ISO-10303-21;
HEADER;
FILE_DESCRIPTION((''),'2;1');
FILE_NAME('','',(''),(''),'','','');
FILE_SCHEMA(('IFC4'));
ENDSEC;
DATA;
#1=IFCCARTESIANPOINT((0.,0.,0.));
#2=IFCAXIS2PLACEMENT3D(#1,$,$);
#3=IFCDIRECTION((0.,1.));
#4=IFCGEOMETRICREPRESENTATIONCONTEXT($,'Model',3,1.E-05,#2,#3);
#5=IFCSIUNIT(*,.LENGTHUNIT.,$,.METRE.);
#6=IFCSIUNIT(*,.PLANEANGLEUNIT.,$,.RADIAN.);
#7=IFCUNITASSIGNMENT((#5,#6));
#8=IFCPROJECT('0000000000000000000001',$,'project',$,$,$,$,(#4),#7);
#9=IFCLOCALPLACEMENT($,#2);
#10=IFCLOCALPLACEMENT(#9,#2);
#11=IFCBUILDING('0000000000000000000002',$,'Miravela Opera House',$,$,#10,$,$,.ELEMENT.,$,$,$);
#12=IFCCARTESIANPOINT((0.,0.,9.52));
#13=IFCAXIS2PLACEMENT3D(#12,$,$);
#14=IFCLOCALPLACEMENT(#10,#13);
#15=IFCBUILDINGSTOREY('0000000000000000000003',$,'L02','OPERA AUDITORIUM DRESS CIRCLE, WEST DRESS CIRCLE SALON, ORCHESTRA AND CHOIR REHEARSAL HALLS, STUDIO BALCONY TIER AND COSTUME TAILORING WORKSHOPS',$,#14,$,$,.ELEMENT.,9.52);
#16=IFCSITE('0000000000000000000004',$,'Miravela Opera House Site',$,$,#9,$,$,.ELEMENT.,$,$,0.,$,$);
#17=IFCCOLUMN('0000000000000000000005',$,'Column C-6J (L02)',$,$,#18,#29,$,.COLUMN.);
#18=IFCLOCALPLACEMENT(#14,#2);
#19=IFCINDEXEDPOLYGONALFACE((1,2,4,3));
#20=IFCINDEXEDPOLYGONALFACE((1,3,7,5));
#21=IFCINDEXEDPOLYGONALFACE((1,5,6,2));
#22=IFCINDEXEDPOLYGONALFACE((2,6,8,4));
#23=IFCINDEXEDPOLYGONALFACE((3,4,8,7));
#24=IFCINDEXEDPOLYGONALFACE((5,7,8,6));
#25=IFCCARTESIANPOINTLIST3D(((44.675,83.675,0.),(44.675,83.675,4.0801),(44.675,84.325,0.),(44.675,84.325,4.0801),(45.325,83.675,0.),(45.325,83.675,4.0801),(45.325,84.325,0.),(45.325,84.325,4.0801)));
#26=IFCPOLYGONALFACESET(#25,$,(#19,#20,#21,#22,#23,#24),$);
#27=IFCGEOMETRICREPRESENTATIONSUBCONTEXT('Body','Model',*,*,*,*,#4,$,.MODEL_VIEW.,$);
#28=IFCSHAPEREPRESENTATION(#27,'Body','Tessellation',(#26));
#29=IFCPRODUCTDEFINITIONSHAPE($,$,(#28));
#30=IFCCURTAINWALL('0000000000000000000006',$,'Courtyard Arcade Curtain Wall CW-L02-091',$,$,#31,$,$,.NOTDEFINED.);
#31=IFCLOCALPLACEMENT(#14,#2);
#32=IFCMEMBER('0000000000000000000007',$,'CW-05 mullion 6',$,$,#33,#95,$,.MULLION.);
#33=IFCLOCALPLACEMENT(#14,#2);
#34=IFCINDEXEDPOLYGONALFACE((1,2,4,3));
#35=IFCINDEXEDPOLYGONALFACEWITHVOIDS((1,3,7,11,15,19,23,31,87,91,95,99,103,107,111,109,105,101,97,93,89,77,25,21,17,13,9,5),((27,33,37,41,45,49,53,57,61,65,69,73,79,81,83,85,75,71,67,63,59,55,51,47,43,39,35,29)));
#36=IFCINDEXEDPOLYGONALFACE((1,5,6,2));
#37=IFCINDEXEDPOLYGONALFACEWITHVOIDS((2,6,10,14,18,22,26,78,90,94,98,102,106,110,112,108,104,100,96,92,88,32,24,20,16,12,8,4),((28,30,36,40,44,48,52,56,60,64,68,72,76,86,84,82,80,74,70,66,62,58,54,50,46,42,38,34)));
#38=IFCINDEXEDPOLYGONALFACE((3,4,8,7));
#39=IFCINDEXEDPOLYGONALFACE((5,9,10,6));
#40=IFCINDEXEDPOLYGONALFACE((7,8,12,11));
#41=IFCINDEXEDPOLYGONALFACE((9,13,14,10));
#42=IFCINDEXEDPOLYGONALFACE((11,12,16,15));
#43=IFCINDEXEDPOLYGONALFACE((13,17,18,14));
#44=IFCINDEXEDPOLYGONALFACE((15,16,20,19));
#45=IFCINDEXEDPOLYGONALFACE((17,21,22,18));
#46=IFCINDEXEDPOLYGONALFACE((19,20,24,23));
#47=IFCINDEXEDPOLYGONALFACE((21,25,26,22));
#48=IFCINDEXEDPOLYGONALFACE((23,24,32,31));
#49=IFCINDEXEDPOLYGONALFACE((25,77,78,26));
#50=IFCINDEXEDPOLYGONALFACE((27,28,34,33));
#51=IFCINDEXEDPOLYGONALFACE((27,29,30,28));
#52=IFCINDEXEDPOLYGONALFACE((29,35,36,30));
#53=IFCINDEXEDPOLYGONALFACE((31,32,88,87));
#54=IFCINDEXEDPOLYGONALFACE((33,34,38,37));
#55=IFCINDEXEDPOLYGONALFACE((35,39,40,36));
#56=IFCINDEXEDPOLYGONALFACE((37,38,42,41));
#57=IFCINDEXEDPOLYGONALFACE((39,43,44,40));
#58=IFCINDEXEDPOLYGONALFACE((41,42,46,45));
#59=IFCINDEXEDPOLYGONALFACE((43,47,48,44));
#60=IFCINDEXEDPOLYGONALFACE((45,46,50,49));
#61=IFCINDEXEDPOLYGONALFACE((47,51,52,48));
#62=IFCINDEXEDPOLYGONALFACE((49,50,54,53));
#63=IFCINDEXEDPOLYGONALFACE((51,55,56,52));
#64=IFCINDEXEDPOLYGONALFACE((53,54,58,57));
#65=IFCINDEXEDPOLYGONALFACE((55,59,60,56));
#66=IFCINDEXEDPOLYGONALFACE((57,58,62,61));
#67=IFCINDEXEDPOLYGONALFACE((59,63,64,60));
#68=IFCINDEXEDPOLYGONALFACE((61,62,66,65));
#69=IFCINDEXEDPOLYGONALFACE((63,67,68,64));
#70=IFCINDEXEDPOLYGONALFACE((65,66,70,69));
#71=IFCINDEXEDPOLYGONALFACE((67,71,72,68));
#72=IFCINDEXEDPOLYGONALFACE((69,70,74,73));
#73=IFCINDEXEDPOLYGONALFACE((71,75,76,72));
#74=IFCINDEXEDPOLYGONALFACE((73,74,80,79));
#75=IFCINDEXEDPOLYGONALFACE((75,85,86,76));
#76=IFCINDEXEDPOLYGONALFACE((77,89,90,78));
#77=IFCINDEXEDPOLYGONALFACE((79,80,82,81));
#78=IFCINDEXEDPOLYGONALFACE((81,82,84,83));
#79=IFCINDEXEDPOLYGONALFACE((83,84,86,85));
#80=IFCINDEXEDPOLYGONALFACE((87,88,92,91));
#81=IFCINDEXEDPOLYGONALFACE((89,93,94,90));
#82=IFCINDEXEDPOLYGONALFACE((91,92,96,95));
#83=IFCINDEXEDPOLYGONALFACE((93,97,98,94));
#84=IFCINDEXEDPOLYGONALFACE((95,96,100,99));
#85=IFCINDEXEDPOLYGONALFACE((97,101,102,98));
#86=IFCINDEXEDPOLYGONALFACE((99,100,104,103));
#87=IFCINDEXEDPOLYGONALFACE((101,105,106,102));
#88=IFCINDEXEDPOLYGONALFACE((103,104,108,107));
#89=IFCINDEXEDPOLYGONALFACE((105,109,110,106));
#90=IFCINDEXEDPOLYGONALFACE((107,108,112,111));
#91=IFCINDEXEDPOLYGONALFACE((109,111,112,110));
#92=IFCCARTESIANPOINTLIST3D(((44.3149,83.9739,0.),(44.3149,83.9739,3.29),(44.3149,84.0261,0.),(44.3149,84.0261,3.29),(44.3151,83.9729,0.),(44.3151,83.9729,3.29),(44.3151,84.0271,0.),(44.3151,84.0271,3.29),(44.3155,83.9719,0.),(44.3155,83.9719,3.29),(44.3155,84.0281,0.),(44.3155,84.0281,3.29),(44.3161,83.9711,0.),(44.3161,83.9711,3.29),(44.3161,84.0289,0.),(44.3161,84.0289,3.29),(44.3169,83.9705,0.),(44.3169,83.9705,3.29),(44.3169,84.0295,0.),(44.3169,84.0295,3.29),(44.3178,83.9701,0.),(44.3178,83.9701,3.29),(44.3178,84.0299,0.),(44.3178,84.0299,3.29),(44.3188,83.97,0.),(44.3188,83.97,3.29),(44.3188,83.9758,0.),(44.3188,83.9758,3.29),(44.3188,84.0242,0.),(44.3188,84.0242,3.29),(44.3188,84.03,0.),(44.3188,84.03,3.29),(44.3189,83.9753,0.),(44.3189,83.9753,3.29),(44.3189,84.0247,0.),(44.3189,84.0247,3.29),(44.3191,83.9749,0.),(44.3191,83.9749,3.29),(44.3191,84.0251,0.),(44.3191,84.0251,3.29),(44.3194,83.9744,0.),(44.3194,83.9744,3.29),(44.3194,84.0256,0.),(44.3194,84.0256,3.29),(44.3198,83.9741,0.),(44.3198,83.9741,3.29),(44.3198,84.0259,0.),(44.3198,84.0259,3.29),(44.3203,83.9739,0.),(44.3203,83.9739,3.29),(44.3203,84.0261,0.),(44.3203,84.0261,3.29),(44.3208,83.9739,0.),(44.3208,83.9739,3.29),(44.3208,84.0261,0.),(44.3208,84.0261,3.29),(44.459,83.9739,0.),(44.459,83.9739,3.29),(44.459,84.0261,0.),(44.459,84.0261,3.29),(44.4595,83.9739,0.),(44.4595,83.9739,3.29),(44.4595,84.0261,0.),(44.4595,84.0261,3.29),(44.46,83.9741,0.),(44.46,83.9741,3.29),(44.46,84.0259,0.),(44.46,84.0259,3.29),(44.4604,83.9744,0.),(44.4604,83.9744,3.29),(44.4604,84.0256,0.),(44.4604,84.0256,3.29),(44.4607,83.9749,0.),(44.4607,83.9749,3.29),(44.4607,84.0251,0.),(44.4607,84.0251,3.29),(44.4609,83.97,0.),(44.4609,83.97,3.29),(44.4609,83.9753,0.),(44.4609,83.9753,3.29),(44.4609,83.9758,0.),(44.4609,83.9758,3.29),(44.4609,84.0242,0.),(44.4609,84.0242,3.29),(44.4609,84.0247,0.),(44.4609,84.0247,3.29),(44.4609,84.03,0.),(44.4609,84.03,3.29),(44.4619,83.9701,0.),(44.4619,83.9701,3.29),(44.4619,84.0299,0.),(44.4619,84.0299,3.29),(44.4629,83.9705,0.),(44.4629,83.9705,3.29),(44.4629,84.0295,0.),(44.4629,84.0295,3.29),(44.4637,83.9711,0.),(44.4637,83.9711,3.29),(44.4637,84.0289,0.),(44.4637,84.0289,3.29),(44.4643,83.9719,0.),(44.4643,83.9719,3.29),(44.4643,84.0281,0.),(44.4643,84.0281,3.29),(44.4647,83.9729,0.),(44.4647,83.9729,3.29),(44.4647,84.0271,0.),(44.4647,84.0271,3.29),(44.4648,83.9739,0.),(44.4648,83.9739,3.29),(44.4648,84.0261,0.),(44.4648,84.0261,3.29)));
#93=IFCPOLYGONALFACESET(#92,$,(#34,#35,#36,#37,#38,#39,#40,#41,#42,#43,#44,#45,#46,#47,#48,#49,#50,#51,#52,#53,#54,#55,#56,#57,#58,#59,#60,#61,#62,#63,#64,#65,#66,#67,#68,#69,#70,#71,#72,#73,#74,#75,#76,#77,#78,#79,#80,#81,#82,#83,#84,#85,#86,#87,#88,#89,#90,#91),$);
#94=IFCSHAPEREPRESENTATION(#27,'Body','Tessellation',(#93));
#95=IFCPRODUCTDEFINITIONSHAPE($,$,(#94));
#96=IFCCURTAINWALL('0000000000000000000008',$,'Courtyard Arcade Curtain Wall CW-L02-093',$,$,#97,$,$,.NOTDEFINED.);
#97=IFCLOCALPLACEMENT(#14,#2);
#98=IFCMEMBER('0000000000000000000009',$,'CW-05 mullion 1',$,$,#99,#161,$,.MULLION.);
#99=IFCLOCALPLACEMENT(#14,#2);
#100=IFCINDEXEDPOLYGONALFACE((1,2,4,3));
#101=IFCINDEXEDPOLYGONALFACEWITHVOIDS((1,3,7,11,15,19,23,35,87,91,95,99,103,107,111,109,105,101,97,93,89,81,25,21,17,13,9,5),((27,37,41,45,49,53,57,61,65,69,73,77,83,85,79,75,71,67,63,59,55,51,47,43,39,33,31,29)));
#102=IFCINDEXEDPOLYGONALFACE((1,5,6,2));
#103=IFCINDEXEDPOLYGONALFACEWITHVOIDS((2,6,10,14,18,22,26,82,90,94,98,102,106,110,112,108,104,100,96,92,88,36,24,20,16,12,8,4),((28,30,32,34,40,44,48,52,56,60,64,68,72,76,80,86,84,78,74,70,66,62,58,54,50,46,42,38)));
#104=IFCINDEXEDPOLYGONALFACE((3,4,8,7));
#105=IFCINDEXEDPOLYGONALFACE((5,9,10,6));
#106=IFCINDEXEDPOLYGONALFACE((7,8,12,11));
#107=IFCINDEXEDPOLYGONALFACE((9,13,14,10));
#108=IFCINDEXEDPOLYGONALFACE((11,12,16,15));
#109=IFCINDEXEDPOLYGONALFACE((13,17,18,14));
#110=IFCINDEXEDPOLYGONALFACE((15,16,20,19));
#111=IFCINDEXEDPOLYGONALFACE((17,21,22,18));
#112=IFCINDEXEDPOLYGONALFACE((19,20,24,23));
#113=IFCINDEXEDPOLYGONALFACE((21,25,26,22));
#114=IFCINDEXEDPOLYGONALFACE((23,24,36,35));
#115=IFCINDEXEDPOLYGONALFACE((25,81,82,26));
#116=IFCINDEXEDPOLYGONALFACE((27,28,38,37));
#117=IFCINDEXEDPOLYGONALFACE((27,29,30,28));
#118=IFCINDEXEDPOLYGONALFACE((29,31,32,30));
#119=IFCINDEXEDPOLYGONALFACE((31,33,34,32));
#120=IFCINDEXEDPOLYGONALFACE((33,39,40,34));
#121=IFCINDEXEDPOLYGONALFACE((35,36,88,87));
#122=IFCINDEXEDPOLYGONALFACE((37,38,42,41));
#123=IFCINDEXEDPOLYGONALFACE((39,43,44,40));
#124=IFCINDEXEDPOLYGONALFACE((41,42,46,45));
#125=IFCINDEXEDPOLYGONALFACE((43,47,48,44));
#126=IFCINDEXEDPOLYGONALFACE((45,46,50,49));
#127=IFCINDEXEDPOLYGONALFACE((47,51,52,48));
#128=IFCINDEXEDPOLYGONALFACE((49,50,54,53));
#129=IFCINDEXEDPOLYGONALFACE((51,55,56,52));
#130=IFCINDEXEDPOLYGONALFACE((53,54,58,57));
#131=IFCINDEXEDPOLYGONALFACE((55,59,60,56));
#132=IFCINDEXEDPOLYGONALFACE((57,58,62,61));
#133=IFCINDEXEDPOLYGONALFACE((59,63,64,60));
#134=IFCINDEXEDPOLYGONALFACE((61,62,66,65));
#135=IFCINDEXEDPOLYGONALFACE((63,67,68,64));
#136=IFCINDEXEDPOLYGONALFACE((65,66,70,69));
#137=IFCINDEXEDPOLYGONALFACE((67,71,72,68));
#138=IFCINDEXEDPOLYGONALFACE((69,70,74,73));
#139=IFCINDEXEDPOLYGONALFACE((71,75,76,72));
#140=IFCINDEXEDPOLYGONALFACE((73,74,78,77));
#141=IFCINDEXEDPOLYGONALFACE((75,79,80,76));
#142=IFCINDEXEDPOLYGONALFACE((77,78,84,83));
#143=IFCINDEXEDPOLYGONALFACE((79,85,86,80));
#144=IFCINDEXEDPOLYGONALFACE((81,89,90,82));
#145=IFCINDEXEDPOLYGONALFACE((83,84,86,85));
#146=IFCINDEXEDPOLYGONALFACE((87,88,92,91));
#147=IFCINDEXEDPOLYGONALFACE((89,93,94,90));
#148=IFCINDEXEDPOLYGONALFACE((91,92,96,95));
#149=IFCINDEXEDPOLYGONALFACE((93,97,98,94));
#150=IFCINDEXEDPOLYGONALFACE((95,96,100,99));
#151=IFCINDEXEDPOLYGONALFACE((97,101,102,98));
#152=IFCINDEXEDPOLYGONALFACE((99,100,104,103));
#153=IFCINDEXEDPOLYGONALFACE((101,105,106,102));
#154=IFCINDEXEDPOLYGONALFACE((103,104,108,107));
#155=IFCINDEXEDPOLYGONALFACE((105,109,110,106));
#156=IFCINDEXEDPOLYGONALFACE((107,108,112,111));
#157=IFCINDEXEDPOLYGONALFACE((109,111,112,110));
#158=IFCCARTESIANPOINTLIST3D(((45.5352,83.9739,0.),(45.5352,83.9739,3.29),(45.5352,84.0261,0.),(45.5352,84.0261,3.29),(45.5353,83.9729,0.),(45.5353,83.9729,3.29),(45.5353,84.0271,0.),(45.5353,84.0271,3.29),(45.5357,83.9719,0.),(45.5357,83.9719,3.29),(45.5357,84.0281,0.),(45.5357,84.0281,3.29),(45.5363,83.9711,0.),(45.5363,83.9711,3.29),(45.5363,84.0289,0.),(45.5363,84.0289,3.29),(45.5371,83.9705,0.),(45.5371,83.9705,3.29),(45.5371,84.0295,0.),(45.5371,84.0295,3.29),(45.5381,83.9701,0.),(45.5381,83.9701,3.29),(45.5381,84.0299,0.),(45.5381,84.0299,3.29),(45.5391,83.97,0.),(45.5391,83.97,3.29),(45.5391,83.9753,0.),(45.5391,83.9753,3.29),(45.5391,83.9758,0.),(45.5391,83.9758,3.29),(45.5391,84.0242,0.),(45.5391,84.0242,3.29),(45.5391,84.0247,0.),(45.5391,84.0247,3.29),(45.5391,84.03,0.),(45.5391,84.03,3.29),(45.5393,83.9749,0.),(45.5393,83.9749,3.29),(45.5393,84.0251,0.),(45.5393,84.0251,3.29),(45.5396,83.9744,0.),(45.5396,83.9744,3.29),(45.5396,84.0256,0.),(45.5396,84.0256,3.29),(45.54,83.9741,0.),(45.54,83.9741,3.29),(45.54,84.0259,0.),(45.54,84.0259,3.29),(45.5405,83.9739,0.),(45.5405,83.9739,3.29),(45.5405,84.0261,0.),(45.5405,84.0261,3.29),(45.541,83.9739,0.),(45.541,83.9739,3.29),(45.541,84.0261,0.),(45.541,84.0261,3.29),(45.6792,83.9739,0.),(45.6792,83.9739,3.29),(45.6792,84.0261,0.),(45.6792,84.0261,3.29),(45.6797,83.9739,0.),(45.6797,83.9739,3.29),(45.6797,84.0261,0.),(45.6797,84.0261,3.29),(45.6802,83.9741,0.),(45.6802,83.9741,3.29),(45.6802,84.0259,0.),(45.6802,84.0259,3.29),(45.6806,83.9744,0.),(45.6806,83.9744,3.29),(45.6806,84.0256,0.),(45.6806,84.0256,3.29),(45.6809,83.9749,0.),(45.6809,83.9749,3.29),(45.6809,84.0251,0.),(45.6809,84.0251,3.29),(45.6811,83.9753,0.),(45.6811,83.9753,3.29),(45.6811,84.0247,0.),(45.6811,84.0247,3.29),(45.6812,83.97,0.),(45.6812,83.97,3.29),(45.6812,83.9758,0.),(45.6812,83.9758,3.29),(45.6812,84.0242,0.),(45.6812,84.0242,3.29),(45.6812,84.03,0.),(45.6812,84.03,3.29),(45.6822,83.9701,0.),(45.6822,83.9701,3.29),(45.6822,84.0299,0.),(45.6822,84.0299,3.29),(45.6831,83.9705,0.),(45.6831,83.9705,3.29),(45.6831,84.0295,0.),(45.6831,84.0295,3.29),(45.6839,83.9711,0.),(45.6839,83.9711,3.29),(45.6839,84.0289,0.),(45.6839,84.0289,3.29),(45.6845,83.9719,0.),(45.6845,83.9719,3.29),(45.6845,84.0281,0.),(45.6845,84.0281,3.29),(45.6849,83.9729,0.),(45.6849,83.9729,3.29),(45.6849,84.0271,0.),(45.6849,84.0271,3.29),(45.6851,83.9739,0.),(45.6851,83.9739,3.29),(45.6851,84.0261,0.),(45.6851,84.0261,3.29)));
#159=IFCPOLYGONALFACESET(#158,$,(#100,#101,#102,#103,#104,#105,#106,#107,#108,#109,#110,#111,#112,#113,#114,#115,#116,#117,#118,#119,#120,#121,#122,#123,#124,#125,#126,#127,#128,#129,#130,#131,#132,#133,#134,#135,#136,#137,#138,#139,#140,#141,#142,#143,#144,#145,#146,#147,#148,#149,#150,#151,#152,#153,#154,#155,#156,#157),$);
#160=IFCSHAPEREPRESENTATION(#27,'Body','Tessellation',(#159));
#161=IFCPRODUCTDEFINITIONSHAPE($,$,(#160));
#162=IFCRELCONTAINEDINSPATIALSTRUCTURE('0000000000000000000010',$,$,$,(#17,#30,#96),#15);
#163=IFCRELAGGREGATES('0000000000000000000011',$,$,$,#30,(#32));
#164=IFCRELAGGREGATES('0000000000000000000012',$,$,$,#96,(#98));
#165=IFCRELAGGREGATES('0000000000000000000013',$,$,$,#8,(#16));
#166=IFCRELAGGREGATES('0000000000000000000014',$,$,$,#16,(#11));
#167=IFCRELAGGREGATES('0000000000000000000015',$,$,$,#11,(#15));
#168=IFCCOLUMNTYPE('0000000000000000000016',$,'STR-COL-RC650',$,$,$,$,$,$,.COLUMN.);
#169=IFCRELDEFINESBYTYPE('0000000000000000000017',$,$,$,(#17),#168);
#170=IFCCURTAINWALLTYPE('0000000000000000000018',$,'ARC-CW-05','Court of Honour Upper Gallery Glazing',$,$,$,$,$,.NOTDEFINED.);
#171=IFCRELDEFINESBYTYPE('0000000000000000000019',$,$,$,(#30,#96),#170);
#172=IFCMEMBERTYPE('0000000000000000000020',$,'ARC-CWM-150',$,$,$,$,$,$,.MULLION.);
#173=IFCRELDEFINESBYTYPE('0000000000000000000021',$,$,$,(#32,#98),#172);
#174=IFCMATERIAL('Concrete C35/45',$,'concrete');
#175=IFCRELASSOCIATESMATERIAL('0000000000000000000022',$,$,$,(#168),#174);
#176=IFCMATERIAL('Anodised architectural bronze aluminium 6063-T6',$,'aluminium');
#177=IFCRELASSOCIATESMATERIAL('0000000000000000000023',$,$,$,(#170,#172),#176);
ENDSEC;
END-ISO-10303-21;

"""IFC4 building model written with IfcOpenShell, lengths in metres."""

from ifc_helpers import new_model, si_unit, direction, frame, origin, origin_2d, place, context, subcontext, project, spatial, rectangle, hollow_rectangle, extrude, material, material_profile, profile_set, type_object, element, aggregate, save


model = new_model("IFC4")

# Units and contexts
model_context = context("Model", 3, precision=1e-05, world=origin(), true_north=direction((0.0, 1.0)))
body_context = subcontext(model_context, "Body", "Model", "MODEL_VIEW")
ifc_project = project(units=[si_unit("LENGTHUNIT", "METRE"), si_unit("PLANEANGLEUNIT", "RADIAN")], contexts=[model_context])

# Site, building, storey
site_placement = place(None, origin())
site = spatial("IfcSite", under=ifc_project, at=site_placement, Name="Miravela Opera House Site", CompositionType="ELEMENT", RefElevation=0.0)
building_placement = place(site_placement, origin())
building = spatial("IfcBuilding", under=site, at=building_placement, Name="Miravela Opera House", CompositionType="ELEMENT")
storey_placement = place(building_placement, frame((0.0, 0.0, 9.52)))
storey = spatial("IfcBuildingStorey", under=building, at=storey_placement, Name="L02", Description="OPERA AUDITORIUM DRESS CIRCLE, WEST DRESS CIRCLE SALON, ORCHESTRA AND CHOIR REHEARSAL HALLS, STUDIO BALCONY TIER AND COSTUME TAILORING WORKSHOPS", CompositionType="ELEMENT", Elevation=9.52)

# Column
ifc_material_1 = material(Name="Concrete C35/45", Category="concrete")
ifc_material_profile_1 = material_profile(ifc_material_1, rectangle(XDim=0.6499, YDim=0.6499, at=origin_2d()), Name="RC-COL-650X650")
ifc_profile_set_1 = profile_set([ifc_material_profile_1])
column_type = type_object("IfcColumnType", Name="STR-COL-RC650", PredefinedType="COLUMN", material=ifc_profile_set_1)
column_placement = place(storey_placement, frame((45.0, 84.0, 0.0), z_axis=(0.0, 0.0, 1.0), x_axis=(1.0, 0.0, 0.0)))
element("IfcColumn", 1, at=column_placement, inside=storey, type_object=column_type, Name="Column C-6J (L02)", PredefinedType="COLUMN", context=body_context, shape_type="SweptSolid", body=[
    extrude(rectangle(XDim=0.6499, YDim=0.6499, at=origin_2d()), origin(), (0.0, 0.0, 1.0), 4.0801),
])

# Curtain wall, member
ifc_material_2 = material(Name="Anodised architectural bronze aluminium 6063-T6", Category="aluminium")
curtain_wall_type = type_object("IfcCurtainWallType", Name="ARC-CW-05", Description="Court of Honour Upper Gallery Glazing", PredefinedType="NOTDEFINED", material=ifc_material_2)
curtain_wall_1_placement = place(storey_placement, origin())
curtain_wall_1 = element("IfcCurtainWall", 2, at=curtain_wall_1_placement, inside=storey, type_object=curtain_wall_type, Name="Courtyard Arcade Curtain Wall CW-L02-091", PredefinedType="NOTDEFINED")
ifc_material_profile_2 = material_profile(ifc_material_2, hollow_rectangle(XDim=0.0601, YDim=0.1499, WallThickness=0.0039, InnerFilletRadius=0.002, OuterFilletRadius=0.0039, at=origin_2d()), Name="CWM-60X150")
ifc_profile_set_2 = profile_set([ifc_material_profile_2])
member_type_1 = type_object("IfcMemberType", Name="ARC-CWM-150", PredefinedType="MULLION", material=ifc_profile_set_2)
member_1_placement = place(storey_placement, frame((44.3899, 84.0, 0.0), z_axis=(0.0, 0.0, 1.0), x_axis=(0.0, 1.0, 0.0)))
member_1 = element("IfcMember", 3, at=member_1_placement, type_object=member_type_1, Name="CW-05 mullion 6", PredefinedType="MULLION", context=body_context, shape_type="SweptSolid", body=[
    extrude(hollow_rectangle(XDim=0.0601, YDim=0.1499, WallThickness=0.0039, InnerFilletRadius=0.002, OuterFilletRadius=0.0039, at=origin_2d()), origin(), (0.0, 0.0, 1.0), 3.29),
])

# Curtain wall, member
curtain_wall_2_placement = place(storey_placement, origin())
curtain_wall_2 = element("IfcCurtainWall", 4, at=curtain_wall_2_placement, inside=storey, type_object=curtain_wall_type, Name="Courtyard Arcade Curtain Wall CW-L02-093", PredefinedType="NOTDEFINED")
member_2_placement = place(storey_placement, frame((45.6101, 84.0, 0.0), z_axis=(0.0, 0.0, 1.0), x_axis=(0.0, 1.0, 0.0)))
member_2 = element("IfcMember", 5, at=member_2_placement, type_object=member_type_1, Name="CW-05 mullion 1", PredefinedType="MULLION", context=body_context, shape_type="SweptSolid", body=[
    extrude(hollow_rectangle(XDim=0.0601, YDim=0.1499, WallThickness=0.0039, InnerFilletRadius=0.002, OuterFilletRadius=0.0039, at=origin_2d()), origin(), (0.0, 0.0, 1.0), 3.29),
])

aggregate(curtain_wall_1, [member_1])
aggregate(curtain_wall_2, [member_2])

save(model, "model.ifc")
